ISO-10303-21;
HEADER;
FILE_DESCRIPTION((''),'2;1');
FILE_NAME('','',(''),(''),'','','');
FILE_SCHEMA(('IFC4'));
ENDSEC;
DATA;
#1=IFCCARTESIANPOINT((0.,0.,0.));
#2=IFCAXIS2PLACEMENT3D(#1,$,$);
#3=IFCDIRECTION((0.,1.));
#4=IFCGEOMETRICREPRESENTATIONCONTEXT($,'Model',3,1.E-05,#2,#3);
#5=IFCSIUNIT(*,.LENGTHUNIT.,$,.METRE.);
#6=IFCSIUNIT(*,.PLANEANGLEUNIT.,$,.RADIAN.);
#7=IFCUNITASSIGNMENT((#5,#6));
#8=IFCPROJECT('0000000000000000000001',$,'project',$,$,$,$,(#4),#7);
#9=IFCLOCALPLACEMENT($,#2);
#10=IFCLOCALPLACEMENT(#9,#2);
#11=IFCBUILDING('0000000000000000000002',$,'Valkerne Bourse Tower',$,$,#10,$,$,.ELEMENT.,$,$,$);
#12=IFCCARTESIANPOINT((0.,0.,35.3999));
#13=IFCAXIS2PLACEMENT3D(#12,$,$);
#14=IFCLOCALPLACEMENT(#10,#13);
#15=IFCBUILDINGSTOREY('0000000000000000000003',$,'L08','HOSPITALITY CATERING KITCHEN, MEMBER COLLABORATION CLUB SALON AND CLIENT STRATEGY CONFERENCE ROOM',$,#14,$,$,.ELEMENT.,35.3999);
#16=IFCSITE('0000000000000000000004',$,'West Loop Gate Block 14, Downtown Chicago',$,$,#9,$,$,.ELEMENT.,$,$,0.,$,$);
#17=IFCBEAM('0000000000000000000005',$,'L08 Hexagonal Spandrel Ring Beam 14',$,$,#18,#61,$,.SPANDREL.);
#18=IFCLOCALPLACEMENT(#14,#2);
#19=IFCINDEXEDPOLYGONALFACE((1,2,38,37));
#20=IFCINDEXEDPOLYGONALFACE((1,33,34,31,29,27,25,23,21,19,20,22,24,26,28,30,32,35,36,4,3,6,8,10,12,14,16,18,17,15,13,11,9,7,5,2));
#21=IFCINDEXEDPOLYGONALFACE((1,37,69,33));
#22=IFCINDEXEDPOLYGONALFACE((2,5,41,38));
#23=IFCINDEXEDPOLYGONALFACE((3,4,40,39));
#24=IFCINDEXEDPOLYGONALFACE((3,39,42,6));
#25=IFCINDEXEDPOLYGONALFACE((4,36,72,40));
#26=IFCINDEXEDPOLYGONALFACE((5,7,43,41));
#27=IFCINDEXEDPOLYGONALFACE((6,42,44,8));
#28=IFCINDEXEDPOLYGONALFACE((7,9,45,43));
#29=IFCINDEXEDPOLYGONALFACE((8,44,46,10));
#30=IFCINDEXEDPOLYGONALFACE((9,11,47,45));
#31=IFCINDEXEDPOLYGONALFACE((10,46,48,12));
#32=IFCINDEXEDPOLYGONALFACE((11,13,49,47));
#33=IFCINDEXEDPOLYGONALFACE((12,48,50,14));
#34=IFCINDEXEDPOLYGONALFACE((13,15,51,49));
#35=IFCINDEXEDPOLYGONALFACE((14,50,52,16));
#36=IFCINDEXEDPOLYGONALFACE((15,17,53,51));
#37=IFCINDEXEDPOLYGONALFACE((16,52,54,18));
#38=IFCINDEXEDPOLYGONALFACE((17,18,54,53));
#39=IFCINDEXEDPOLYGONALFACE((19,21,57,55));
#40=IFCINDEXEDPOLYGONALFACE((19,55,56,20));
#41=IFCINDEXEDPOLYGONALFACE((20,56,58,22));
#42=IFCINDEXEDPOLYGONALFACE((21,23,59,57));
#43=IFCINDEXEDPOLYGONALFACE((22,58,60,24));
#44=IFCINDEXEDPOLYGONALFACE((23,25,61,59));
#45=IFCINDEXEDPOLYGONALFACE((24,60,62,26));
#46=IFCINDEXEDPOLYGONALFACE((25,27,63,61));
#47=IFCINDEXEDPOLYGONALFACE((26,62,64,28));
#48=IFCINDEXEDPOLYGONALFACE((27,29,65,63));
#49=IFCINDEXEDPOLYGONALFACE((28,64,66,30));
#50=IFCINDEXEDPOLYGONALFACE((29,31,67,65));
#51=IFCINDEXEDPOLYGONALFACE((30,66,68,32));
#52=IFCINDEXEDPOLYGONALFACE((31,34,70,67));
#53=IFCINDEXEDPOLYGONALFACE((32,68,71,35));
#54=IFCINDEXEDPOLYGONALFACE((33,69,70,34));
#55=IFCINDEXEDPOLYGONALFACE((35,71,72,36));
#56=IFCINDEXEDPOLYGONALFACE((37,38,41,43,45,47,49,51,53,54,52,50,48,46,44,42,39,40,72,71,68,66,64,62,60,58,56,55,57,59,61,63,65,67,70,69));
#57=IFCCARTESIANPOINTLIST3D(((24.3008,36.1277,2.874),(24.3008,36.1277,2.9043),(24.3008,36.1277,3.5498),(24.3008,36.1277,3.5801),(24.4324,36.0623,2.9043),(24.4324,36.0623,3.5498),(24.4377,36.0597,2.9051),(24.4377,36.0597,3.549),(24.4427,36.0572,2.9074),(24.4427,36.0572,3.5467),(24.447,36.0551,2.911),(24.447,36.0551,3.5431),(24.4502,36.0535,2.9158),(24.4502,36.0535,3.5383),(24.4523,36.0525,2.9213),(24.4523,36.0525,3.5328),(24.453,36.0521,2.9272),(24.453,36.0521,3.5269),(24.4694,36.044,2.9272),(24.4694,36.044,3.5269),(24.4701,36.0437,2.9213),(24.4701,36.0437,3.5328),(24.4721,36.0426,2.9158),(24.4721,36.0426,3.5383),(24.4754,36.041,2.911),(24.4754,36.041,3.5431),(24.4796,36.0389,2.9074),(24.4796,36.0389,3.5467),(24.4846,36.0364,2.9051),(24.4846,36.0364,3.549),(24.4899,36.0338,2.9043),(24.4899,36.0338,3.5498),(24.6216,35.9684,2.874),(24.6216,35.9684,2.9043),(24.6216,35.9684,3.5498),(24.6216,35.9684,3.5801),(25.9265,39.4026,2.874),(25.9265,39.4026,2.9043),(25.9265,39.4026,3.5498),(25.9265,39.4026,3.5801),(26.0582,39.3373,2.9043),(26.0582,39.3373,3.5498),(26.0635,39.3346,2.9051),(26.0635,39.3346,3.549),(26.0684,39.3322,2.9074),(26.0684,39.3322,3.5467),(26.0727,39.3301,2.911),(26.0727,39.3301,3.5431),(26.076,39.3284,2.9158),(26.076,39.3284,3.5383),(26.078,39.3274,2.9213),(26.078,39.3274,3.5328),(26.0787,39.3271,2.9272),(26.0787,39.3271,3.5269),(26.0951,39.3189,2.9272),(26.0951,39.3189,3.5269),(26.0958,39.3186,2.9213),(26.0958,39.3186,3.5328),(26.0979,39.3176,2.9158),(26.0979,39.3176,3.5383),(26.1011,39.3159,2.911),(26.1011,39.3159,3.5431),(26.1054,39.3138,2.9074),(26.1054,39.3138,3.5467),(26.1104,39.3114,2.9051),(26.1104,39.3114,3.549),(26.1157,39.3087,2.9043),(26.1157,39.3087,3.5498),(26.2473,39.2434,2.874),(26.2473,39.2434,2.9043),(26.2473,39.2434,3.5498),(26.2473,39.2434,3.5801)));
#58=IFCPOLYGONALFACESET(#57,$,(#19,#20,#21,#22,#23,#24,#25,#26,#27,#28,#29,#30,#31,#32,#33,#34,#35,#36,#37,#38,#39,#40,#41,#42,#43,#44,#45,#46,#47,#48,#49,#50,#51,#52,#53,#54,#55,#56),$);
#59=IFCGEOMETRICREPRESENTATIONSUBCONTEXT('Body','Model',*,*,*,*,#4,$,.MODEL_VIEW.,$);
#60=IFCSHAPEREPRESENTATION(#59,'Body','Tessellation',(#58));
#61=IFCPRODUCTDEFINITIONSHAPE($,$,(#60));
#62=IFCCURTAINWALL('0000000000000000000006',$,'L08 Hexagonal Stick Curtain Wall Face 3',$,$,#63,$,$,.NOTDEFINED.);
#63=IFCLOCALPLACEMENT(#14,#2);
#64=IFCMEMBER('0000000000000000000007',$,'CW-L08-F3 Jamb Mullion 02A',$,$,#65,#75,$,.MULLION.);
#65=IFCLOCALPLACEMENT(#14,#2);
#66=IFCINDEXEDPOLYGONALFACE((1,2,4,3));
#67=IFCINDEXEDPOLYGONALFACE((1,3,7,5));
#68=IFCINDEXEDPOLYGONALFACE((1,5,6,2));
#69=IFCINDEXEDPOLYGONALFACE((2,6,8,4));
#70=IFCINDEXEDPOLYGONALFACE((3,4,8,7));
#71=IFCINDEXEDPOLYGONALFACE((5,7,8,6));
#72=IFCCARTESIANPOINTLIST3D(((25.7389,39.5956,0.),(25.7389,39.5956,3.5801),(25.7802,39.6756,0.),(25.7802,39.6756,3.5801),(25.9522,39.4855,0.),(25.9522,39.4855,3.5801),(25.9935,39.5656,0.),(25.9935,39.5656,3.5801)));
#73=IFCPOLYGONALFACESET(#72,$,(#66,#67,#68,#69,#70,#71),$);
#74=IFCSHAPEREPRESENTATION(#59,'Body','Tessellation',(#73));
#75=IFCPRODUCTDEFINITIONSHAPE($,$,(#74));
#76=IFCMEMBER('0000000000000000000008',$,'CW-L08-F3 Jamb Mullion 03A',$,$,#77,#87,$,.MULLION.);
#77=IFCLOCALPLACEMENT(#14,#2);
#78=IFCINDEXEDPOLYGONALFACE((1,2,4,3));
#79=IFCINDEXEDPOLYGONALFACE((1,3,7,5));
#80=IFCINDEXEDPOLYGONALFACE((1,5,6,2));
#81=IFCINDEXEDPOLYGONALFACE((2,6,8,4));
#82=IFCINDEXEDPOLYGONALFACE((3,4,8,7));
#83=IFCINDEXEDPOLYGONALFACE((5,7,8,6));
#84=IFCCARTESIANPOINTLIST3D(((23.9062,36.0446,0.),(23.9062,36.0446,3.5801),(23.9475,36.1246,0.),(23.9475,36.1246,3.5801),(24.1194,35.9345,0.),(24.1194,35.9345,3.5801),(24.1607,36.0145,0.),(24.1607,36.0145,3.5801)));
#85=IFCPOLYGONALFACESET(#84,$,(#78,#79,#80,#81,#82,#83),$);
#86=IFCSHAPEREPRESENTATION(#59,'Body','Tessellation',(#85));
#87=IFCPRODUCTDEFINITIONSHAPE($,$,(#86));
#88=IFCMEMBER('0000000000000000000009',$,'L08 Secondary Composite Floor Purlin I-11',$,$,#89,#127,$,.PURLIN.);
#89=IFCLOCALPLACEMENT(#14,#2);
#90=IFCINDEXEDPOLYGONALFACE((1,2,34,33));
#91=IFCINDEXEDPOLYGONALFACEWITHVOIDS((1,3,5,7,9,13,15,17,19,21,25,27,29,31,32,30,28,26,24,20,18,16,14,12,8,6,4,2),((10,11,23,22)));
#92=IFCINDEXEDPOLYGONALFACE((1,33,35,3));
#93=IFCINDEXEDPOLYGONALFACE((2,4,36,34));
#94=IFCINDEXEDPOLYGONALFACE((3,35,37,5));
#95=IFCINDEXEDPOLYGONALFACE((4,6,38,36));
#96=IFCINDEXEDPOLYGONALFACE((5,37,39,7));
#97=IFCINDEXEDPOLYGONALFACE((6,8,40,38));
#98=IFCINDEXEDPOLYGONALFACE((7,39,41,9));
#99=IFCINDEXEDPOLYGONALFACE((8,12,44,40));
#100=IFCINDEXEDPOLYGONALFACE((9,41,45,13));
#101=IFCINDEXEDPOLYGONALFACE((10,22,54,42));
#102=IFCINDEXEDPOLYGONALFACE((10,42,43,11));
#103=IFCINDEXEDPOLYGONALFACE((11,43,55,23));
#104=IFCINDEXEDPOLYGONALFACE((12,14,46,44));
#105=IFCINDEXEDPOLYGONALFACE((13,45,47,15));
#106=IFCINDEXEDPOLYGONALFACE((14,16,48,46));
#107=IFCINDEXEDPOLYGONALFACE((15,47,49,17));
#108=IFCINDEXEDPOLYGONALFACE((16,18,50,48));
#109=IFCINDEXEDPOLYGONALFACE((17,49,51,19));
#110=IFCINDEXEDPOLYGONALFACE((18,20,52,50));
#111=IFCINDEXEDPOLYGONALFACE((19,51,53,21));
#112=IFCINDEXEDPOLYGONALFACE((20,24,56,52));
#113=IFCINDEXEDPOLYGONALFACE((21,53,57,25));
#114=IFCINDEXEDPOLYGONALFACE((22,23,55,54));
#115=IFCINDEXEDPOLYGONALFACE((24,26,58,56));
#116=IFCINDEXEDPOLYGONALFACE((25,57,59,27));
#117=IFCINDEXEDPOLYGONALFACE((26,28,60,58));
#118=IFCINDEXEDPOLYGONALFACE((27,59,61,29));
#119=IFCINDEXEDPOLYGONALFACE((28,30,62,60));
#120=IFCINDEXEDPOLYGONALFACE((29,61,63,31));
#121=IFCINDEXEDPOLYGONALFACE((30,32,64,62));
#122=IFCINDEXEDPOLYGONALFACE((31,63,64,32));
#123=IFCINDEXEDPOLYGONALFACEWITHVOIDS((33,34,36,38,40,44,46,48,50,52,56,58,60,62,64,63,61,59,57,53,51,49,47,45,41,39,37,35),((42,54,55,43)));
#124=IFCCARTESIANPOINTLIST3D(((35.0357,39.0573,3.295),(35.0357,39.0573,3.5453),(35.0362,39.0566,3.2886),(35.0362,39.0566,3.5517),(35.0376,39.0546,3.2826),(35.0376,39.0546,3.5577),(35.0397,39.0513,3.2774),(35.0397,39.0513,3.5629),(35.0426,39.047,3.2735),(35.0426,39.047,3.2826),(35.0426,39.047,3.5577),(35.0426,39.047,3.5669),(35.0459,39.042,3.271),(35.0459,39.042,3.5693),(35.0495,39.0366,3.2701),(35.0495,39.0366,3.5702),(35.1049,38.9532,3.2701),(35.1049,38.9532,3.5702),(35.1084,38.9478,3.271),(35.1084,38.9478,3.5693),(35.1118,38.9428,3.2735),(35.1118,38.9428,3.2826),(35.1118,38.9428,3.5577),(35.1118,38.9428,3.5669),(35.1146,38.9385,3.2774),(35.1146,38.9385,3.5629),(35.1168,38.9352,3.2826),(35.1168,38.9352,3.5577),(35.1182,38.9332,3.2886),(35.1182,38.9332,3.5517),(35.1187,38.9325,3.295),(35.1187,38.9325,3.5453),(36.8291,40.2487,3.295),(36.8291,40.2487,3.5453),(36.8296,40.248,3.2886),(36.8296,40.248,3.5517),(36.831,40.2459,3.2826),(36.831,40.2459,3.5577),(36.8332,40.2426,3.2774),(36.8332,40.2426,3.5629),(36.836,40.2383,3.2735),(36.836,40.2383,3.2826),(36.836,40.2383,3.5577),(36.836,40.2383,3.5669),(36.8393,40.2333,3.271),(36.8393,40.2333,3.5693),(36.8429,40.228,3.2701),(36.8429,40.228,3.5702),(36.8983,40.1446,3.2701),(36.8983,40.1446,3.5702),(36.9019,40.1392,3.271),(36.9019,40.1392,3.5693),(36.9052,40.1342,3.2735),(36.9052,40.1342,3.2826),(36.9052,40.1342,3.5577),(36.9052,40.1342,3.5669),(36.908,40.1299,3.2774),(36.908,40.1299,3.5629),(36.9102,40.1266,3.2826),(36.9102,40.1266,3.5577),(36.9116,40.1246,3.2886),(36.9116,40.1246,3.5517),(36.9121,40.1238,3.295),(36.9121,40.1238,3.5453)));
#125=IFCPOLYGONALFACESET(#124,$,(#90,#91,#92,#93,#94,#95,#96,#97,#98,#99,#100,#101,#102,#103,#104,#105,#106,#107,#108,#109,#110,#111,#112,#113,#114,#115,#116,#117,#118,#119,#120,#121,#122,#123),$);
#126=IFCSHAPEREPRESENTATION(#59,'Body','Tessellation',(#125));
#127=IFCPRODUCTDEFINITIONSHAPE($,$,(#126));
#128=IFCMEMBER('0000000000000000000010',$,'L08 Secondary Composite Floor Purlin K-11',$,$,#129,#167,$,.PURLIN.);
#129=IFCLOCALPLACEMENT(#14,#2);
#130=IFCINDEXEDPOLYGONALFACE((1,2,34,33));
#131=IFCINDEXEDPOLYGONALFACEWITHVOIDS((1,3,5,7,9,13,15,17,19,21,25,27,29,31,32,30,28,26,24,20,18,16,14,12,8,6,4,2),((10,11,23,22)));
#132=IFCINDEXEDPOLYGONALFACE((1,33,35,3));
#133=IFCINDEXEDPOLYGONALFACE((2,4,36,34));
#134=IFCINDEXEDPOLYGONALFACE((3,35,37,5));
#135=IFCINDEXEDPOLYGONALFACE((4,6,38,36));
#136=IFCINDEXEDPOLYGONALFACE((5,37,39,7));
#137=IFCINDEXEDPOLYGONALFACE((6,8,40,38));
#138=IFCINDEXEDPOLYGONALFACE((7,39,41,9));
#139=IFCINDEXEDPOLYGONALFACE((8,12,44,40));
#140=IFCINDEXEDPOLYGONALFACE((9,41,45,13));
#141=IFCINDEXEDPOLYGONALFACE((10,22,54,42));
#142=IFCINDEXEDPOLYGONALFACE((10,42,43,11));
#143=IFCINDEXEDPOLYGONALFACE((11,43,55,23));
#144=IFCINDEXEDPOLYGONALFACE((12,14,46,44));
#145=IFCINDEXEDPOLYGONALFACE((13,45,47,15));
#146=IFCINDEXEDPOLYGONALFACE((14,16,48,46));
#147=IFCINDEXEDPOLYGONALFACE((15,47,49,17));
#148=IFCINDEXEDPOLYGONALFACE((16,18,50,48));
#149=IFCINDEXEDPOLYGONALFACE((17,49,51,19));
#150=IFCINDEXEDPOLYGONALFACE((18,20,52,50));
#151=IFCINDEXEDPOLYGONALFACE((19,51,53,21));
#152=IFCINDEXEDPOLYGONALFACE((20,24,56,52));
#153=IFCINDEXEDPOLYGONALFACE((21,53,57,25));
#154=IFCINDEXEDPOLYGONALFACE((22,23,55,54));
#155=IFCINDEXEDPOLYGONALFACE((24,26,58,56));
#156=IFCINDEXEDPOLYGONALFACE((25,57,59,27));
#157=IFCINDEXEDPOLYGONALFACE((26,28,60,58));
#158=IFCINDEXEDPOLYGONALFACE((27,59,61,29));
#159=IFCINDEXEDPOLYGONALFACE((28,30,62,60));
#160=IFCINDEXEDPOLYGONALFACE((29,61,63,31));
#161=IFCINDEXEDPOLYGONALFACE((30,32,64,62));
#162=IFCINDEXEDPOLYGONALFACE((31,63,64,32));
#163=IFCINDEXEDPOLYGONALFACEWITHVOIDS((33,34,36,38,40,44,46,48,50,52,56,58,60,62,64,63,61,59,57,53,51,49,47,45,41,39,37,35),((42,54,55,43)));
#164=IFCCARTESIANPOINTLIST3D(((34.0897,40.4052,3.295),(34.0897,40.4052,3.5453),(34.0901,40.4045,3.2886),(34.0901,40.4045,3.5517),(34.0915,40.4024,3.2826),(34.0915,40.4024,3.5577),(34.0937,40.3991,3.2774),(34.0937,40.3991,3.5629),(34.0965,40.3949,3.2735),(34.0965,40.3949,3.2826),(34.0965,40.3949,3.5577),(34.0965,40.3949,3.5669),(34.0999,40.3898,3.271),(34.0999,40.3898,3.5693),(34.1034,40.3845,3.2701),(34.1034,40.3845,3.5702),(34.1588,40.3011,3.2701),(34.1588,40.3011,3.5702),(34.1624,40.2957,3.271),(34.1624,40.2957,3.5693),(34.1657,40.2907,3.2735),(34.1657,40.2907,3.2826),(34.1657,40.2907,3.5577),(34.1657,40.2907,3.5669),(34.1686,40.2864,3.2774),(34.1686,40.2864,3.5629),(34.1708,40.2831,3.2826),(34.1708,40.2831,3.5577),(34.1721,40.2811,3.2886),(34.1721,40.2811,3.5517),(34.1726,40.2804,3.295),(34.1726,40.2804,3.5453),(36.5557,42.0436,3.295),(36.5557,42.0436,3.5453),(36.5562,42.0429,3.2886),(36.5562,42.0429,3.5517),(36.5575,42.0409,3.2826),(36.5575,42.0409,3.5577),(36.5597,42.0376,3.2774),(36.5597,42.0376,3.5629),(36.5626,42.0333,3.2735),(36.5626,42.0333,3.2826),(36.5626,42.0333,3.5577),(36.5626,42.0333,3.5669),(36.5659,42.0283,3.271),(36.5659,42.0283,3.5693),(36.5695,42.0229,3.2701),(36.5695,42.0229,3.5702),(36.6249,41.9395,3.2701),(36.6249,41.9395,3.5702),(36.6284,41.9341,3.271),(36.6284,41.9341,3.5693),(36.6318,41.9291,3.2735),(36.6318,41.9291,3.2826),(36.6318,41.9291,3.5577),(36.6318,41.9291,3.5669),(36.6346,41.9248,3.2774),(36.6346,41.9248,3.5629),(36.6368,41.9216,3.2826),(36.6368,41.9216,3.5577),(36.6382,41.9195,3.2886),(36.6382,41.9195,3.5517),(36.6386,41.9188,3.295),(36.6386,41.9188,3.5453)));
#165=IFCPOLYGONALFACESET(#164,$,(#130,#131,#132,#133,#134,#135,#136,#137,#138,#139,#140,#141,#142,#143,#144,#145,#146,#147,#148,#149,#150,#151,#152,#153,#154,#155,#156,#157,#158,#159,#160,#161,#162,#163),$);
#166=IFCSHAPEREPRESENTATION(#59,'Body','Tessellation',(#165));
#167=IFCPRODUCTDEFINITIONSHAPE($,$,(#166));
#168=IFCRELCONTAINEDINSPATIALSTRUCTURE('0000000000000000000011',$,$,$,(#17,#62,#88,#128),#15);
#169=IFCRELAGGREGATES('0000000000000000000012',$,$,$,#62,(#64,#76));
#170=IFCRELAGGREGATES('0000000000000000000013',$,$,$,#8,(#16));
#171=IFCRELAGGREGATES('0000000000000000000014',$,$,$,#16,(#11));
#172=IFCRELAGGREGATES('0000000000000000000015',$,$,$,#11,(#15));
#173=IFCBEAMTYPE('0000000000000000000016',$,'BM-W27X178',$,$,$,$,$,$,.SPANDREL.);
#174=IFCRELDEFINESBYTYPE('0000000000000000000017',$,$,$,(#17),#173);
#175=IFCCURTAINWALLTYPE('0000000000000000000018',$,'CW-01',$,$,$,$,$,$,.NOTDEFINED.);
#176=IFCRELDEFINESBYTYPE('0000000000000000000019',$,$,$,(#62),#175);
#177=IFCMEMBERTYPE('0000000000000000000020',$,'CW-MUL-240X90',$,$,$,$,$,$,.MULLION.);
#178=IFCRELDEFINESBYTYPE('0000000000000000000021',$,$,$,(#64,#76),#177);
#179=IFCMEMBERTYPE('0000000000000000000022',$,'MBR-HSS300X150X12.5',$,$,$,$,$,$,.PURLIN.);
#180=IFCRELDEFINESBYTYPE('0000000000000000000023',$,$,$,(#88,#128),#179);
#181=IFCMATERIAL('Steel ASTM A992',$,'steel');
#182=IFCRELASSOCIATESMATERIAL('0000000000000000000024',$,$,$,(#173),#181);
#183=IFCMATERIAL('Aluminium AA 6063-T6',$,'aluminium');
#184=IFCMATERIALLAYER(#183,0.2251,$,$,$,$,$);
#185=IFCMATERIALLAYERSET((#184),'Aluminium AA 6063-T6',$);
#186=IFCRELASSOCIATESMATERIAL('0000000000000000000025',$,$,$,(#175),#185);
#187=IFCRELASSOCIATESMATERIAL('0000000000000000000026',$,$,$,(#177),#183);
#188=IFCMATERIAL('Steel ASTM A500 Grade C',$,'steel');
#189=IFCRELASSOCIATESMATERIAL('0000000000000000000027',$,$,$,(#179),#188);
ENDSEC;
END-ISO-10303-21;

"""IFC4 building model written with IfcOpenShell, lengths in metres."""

from ifc_helpers import new_model, si_unit, direction, frame, origin, origin_2d, place, context, subcontext, project, spatial, rectangle, hollow_rectangle, i_section, extrude, material, layer, layer_set, material_profile, profile_set, type_object, element, aggregate, save


model = new_model("IFC4")

# Units and contexts
model_context = context("Model", 3, precision=1e-05, world=origin(), true_north=direction((0.0, 1.0)))
body_context = subcontext(model_context, "Body", "Model", "MODEL_VIEW")
ifc_project = project(units=[si_unit("LENGTHUNIT", "METRE"), si_unit("PLANEANGLEUNIT", "RADIAN")], contexts=[model_context])

# Site, building, storey
site_placement = place(None, origin())
site = spatial("IfcSite", under=ifc_project, at=site_placement, Name="West Loop Gate Block 14, Downtown Chicago", CompositionType="ELEMENT", RefElevation=0.0)
building_placement = place(site_placement, origin())
building = spatial("IfcBuilding", under=site, at=building_placement, Name="Valkerne Bourse Tower", CompositionType="ELEMENT")
storey_placement = place(building_placement, frame((0.0, 0.0, 35.3999)))
storey = spatial("IfcBuildingStorey", under=building, at=storey_placement, Name="L08", Description="HOSPITALITY CATERING KITCHEN, MEMBER COLLABORATION CLUB SALON AND CLIENT STRATEGY CONFERENCE ROOM", CompositionType="ELEMENT", Elevation=35.3999)

# Beam
ifc_material_1 = material(Name="Steel ASTM A992", Category="steel")
ifc_material_profile_1 = material_profile(ifc_material_1, i_section(OverallWidth=0.3582, OverallDepth=0.7061, WebThickness=0.0183, FlangeThickness=0.0303, FilletRadius=0.0229, at=origin_2d()), Name="W27X178")
ifc_profile_set_1 = profile_set([ifc_material_profile_1], Name="Steel ASTM A992")
beam_type_1 = type_object("IfcBeamType", Name="BM-W27X178", PredefinedType="SPANDREL", material=ifc_profile_set_1)
beam_1_placement = place(storey_placement, frame((26.0869, 39.323, 3.2271), z_axis=(-0.444648, -0.895706, 0.0), x_axis=(0.895706, -0.444648, 0.0)))
element("IfcBeam", 1, at=beam_1_placement, inside=storey, type_object=beam_type_1, Name="L08 Hexagonal Spandrel Ring Beam 14", PredefinedType="SPANDREL", context=body_context, shape_type="SweptSolid", body=[
    extrude(i_section(OverallWidth=0.3582, OverallDepth=0.7061, WebThickness=0.0183, FlangeThickness=0.0303, FilletRadius=0.0229, at=origin_2d()), origin(), (0.0, 0.0, 1.0), 3.6562),
])

# Curtain wall, members
ifc_material_2 = material(Name="Aluminium AA 6063-T6", Category="aluminium")
ifc_layer_1 = layer(ifc_material_2, 0.2251)
ifc_layer_set_1 = layer_set([ifc_layer_1], Name="Aluminium AA 6063-T6")
curtain_wall_type = type_object("IfcCurtainWallType", Name="CW-01", PredefinedType="NOTDEFINED", material=ifc_layer_set_1)
curtain_wall_placement = place(storey_placement, origin())
curtain_wall = element("IfcCurtainWall", 2, at=curtain_wall_placement, inside=storey, type_object=curtain_wall_type, Name="L08 Hexagonal Stick Curtain Wall Face 3", PredefinedType="NOTDEFINED")
ifc_material_profile_2 = material_profile(ifc_material_2, rectangle(XDim=0.0901, YDim=0.24, at=origin_2d()), Name="CWM-90X240")
ifc_profile_set_2 = profile_set([ifc_material_profile_2], Name="Aluminium AA 6063-T6")
member_type_1 = type_object("IfcMemberType", Name="CW-MUL-240X90", PredefinedType="MULLION", material=ifc_profile_set_2)
member_1_placement = place(storey_placement, frame((25.8662, 39.5806, 0.0), z_axis=(0.0, 0.0, 1.0), x_axis=(-0.458658, -0.888613, 0.0)))
member_1 = element("IfcMember", 3, at=member_1_placement, type_object=member_type_1, Name="CW-L08-F3 Jamb Mullion 02A", PredefinedType="MULLION", context=body_context, shape_type="SweptSolid", body=[
    extrude(rectangle(XDim=0.0901, YDim=0.24, at=origin_2d()), origin(), (0.0, 0.0, 1.0), 3.5801),
])
member_2_placement = place(storey_placement, frame((24.0334, 36.0295, 0.0), z_axis=(0.0, 0.0, 1.0), x_axis=(-0.458658, -0.888613, 0.0)))
member_2 = element("IfcMember", 4, at=member_2_placement, type_object=member_type_1, Name="CW-L08-F3 Jamb Mullion 03A", PredefinedType="MULLION", context=body_context, shape_type="SweptSolid", body=[
    extrude(rectangle(XDim=0.0901, YDim=0.24, at=origin_2d()), origin(), (0.0, 0.0, 1.0), 3.5801),
])

# Members
ifc_material_3 = material(Name="Steel ASTM A500 Grade C", Category="steel")
ifc_material_profile_3 = material_profile(ifc_material_3, hollow_rectangle(XDim=0.1499, YDim=0.3, WallThickness=0.0125, OuterFilletRadius=0.0249, at=origin_2d()), Name="HSS300X150X12.5")
ifc_profile_set_3 = profile_set([ifc_material_profile_3], Name="Steel ASTM A500 Grade C")
member_type_2 = type_object("IfcMemberType", Name="MBR-HSS300X150X12.5", PredefinedType="PURLIN", material=ifc_profile_set_3)
member_3_placement = place(storey_placement, frame((36.8706, 40.1863, 3.4202), z_axis=(-0.832956, -0.553339, 0.0), x_axis=(0.553339, -0.832956, 0.0)))
element("IfcMember", 5, at=member_3_placement, inside=storey, type_object=member_type_2, Name="L08 Secondary Composite Floor Purlin I-11", PredefinedType="PURLIN", context=body_context, shape_type="SweptSolid", body=[
    extrude(hollow_rectangle(XDim=0.1499, YDim=0.3, WallThickness=0.0125, OuterFilletRadius=0.0249, at=origin_2d()), origin(), (0.0, 0.0, 1.0), 2.1531),
])
member_4_placement = place(storey_placement, frame((36.5972, 41.9812, 3.4202), z_axis=(-0.832925, -0.553386, 0.0), x_axis=(0.553386, -0.832925, 0.0)))
element("IfcMember", 6, at=member_4_placement, inside=storey, type_object=member_type_2, Name="L08 Secondary Composite Floor Purlin K-11", PredefinedType="PURLIN", context=body_context, shape_type="SweptSolid", body=[
    extrude(hollow_rectangle(XDim=0.1499, YDim=0.3, WallThickness=0.0125, OuterFilletRadius=0.0249, at=origin_2d()), origin(), (0.0, 0.0, 1.0), 2.9607),
])

aggregate(curtain_wall, [member_1, member_2])

save(model, "model.ifc")
